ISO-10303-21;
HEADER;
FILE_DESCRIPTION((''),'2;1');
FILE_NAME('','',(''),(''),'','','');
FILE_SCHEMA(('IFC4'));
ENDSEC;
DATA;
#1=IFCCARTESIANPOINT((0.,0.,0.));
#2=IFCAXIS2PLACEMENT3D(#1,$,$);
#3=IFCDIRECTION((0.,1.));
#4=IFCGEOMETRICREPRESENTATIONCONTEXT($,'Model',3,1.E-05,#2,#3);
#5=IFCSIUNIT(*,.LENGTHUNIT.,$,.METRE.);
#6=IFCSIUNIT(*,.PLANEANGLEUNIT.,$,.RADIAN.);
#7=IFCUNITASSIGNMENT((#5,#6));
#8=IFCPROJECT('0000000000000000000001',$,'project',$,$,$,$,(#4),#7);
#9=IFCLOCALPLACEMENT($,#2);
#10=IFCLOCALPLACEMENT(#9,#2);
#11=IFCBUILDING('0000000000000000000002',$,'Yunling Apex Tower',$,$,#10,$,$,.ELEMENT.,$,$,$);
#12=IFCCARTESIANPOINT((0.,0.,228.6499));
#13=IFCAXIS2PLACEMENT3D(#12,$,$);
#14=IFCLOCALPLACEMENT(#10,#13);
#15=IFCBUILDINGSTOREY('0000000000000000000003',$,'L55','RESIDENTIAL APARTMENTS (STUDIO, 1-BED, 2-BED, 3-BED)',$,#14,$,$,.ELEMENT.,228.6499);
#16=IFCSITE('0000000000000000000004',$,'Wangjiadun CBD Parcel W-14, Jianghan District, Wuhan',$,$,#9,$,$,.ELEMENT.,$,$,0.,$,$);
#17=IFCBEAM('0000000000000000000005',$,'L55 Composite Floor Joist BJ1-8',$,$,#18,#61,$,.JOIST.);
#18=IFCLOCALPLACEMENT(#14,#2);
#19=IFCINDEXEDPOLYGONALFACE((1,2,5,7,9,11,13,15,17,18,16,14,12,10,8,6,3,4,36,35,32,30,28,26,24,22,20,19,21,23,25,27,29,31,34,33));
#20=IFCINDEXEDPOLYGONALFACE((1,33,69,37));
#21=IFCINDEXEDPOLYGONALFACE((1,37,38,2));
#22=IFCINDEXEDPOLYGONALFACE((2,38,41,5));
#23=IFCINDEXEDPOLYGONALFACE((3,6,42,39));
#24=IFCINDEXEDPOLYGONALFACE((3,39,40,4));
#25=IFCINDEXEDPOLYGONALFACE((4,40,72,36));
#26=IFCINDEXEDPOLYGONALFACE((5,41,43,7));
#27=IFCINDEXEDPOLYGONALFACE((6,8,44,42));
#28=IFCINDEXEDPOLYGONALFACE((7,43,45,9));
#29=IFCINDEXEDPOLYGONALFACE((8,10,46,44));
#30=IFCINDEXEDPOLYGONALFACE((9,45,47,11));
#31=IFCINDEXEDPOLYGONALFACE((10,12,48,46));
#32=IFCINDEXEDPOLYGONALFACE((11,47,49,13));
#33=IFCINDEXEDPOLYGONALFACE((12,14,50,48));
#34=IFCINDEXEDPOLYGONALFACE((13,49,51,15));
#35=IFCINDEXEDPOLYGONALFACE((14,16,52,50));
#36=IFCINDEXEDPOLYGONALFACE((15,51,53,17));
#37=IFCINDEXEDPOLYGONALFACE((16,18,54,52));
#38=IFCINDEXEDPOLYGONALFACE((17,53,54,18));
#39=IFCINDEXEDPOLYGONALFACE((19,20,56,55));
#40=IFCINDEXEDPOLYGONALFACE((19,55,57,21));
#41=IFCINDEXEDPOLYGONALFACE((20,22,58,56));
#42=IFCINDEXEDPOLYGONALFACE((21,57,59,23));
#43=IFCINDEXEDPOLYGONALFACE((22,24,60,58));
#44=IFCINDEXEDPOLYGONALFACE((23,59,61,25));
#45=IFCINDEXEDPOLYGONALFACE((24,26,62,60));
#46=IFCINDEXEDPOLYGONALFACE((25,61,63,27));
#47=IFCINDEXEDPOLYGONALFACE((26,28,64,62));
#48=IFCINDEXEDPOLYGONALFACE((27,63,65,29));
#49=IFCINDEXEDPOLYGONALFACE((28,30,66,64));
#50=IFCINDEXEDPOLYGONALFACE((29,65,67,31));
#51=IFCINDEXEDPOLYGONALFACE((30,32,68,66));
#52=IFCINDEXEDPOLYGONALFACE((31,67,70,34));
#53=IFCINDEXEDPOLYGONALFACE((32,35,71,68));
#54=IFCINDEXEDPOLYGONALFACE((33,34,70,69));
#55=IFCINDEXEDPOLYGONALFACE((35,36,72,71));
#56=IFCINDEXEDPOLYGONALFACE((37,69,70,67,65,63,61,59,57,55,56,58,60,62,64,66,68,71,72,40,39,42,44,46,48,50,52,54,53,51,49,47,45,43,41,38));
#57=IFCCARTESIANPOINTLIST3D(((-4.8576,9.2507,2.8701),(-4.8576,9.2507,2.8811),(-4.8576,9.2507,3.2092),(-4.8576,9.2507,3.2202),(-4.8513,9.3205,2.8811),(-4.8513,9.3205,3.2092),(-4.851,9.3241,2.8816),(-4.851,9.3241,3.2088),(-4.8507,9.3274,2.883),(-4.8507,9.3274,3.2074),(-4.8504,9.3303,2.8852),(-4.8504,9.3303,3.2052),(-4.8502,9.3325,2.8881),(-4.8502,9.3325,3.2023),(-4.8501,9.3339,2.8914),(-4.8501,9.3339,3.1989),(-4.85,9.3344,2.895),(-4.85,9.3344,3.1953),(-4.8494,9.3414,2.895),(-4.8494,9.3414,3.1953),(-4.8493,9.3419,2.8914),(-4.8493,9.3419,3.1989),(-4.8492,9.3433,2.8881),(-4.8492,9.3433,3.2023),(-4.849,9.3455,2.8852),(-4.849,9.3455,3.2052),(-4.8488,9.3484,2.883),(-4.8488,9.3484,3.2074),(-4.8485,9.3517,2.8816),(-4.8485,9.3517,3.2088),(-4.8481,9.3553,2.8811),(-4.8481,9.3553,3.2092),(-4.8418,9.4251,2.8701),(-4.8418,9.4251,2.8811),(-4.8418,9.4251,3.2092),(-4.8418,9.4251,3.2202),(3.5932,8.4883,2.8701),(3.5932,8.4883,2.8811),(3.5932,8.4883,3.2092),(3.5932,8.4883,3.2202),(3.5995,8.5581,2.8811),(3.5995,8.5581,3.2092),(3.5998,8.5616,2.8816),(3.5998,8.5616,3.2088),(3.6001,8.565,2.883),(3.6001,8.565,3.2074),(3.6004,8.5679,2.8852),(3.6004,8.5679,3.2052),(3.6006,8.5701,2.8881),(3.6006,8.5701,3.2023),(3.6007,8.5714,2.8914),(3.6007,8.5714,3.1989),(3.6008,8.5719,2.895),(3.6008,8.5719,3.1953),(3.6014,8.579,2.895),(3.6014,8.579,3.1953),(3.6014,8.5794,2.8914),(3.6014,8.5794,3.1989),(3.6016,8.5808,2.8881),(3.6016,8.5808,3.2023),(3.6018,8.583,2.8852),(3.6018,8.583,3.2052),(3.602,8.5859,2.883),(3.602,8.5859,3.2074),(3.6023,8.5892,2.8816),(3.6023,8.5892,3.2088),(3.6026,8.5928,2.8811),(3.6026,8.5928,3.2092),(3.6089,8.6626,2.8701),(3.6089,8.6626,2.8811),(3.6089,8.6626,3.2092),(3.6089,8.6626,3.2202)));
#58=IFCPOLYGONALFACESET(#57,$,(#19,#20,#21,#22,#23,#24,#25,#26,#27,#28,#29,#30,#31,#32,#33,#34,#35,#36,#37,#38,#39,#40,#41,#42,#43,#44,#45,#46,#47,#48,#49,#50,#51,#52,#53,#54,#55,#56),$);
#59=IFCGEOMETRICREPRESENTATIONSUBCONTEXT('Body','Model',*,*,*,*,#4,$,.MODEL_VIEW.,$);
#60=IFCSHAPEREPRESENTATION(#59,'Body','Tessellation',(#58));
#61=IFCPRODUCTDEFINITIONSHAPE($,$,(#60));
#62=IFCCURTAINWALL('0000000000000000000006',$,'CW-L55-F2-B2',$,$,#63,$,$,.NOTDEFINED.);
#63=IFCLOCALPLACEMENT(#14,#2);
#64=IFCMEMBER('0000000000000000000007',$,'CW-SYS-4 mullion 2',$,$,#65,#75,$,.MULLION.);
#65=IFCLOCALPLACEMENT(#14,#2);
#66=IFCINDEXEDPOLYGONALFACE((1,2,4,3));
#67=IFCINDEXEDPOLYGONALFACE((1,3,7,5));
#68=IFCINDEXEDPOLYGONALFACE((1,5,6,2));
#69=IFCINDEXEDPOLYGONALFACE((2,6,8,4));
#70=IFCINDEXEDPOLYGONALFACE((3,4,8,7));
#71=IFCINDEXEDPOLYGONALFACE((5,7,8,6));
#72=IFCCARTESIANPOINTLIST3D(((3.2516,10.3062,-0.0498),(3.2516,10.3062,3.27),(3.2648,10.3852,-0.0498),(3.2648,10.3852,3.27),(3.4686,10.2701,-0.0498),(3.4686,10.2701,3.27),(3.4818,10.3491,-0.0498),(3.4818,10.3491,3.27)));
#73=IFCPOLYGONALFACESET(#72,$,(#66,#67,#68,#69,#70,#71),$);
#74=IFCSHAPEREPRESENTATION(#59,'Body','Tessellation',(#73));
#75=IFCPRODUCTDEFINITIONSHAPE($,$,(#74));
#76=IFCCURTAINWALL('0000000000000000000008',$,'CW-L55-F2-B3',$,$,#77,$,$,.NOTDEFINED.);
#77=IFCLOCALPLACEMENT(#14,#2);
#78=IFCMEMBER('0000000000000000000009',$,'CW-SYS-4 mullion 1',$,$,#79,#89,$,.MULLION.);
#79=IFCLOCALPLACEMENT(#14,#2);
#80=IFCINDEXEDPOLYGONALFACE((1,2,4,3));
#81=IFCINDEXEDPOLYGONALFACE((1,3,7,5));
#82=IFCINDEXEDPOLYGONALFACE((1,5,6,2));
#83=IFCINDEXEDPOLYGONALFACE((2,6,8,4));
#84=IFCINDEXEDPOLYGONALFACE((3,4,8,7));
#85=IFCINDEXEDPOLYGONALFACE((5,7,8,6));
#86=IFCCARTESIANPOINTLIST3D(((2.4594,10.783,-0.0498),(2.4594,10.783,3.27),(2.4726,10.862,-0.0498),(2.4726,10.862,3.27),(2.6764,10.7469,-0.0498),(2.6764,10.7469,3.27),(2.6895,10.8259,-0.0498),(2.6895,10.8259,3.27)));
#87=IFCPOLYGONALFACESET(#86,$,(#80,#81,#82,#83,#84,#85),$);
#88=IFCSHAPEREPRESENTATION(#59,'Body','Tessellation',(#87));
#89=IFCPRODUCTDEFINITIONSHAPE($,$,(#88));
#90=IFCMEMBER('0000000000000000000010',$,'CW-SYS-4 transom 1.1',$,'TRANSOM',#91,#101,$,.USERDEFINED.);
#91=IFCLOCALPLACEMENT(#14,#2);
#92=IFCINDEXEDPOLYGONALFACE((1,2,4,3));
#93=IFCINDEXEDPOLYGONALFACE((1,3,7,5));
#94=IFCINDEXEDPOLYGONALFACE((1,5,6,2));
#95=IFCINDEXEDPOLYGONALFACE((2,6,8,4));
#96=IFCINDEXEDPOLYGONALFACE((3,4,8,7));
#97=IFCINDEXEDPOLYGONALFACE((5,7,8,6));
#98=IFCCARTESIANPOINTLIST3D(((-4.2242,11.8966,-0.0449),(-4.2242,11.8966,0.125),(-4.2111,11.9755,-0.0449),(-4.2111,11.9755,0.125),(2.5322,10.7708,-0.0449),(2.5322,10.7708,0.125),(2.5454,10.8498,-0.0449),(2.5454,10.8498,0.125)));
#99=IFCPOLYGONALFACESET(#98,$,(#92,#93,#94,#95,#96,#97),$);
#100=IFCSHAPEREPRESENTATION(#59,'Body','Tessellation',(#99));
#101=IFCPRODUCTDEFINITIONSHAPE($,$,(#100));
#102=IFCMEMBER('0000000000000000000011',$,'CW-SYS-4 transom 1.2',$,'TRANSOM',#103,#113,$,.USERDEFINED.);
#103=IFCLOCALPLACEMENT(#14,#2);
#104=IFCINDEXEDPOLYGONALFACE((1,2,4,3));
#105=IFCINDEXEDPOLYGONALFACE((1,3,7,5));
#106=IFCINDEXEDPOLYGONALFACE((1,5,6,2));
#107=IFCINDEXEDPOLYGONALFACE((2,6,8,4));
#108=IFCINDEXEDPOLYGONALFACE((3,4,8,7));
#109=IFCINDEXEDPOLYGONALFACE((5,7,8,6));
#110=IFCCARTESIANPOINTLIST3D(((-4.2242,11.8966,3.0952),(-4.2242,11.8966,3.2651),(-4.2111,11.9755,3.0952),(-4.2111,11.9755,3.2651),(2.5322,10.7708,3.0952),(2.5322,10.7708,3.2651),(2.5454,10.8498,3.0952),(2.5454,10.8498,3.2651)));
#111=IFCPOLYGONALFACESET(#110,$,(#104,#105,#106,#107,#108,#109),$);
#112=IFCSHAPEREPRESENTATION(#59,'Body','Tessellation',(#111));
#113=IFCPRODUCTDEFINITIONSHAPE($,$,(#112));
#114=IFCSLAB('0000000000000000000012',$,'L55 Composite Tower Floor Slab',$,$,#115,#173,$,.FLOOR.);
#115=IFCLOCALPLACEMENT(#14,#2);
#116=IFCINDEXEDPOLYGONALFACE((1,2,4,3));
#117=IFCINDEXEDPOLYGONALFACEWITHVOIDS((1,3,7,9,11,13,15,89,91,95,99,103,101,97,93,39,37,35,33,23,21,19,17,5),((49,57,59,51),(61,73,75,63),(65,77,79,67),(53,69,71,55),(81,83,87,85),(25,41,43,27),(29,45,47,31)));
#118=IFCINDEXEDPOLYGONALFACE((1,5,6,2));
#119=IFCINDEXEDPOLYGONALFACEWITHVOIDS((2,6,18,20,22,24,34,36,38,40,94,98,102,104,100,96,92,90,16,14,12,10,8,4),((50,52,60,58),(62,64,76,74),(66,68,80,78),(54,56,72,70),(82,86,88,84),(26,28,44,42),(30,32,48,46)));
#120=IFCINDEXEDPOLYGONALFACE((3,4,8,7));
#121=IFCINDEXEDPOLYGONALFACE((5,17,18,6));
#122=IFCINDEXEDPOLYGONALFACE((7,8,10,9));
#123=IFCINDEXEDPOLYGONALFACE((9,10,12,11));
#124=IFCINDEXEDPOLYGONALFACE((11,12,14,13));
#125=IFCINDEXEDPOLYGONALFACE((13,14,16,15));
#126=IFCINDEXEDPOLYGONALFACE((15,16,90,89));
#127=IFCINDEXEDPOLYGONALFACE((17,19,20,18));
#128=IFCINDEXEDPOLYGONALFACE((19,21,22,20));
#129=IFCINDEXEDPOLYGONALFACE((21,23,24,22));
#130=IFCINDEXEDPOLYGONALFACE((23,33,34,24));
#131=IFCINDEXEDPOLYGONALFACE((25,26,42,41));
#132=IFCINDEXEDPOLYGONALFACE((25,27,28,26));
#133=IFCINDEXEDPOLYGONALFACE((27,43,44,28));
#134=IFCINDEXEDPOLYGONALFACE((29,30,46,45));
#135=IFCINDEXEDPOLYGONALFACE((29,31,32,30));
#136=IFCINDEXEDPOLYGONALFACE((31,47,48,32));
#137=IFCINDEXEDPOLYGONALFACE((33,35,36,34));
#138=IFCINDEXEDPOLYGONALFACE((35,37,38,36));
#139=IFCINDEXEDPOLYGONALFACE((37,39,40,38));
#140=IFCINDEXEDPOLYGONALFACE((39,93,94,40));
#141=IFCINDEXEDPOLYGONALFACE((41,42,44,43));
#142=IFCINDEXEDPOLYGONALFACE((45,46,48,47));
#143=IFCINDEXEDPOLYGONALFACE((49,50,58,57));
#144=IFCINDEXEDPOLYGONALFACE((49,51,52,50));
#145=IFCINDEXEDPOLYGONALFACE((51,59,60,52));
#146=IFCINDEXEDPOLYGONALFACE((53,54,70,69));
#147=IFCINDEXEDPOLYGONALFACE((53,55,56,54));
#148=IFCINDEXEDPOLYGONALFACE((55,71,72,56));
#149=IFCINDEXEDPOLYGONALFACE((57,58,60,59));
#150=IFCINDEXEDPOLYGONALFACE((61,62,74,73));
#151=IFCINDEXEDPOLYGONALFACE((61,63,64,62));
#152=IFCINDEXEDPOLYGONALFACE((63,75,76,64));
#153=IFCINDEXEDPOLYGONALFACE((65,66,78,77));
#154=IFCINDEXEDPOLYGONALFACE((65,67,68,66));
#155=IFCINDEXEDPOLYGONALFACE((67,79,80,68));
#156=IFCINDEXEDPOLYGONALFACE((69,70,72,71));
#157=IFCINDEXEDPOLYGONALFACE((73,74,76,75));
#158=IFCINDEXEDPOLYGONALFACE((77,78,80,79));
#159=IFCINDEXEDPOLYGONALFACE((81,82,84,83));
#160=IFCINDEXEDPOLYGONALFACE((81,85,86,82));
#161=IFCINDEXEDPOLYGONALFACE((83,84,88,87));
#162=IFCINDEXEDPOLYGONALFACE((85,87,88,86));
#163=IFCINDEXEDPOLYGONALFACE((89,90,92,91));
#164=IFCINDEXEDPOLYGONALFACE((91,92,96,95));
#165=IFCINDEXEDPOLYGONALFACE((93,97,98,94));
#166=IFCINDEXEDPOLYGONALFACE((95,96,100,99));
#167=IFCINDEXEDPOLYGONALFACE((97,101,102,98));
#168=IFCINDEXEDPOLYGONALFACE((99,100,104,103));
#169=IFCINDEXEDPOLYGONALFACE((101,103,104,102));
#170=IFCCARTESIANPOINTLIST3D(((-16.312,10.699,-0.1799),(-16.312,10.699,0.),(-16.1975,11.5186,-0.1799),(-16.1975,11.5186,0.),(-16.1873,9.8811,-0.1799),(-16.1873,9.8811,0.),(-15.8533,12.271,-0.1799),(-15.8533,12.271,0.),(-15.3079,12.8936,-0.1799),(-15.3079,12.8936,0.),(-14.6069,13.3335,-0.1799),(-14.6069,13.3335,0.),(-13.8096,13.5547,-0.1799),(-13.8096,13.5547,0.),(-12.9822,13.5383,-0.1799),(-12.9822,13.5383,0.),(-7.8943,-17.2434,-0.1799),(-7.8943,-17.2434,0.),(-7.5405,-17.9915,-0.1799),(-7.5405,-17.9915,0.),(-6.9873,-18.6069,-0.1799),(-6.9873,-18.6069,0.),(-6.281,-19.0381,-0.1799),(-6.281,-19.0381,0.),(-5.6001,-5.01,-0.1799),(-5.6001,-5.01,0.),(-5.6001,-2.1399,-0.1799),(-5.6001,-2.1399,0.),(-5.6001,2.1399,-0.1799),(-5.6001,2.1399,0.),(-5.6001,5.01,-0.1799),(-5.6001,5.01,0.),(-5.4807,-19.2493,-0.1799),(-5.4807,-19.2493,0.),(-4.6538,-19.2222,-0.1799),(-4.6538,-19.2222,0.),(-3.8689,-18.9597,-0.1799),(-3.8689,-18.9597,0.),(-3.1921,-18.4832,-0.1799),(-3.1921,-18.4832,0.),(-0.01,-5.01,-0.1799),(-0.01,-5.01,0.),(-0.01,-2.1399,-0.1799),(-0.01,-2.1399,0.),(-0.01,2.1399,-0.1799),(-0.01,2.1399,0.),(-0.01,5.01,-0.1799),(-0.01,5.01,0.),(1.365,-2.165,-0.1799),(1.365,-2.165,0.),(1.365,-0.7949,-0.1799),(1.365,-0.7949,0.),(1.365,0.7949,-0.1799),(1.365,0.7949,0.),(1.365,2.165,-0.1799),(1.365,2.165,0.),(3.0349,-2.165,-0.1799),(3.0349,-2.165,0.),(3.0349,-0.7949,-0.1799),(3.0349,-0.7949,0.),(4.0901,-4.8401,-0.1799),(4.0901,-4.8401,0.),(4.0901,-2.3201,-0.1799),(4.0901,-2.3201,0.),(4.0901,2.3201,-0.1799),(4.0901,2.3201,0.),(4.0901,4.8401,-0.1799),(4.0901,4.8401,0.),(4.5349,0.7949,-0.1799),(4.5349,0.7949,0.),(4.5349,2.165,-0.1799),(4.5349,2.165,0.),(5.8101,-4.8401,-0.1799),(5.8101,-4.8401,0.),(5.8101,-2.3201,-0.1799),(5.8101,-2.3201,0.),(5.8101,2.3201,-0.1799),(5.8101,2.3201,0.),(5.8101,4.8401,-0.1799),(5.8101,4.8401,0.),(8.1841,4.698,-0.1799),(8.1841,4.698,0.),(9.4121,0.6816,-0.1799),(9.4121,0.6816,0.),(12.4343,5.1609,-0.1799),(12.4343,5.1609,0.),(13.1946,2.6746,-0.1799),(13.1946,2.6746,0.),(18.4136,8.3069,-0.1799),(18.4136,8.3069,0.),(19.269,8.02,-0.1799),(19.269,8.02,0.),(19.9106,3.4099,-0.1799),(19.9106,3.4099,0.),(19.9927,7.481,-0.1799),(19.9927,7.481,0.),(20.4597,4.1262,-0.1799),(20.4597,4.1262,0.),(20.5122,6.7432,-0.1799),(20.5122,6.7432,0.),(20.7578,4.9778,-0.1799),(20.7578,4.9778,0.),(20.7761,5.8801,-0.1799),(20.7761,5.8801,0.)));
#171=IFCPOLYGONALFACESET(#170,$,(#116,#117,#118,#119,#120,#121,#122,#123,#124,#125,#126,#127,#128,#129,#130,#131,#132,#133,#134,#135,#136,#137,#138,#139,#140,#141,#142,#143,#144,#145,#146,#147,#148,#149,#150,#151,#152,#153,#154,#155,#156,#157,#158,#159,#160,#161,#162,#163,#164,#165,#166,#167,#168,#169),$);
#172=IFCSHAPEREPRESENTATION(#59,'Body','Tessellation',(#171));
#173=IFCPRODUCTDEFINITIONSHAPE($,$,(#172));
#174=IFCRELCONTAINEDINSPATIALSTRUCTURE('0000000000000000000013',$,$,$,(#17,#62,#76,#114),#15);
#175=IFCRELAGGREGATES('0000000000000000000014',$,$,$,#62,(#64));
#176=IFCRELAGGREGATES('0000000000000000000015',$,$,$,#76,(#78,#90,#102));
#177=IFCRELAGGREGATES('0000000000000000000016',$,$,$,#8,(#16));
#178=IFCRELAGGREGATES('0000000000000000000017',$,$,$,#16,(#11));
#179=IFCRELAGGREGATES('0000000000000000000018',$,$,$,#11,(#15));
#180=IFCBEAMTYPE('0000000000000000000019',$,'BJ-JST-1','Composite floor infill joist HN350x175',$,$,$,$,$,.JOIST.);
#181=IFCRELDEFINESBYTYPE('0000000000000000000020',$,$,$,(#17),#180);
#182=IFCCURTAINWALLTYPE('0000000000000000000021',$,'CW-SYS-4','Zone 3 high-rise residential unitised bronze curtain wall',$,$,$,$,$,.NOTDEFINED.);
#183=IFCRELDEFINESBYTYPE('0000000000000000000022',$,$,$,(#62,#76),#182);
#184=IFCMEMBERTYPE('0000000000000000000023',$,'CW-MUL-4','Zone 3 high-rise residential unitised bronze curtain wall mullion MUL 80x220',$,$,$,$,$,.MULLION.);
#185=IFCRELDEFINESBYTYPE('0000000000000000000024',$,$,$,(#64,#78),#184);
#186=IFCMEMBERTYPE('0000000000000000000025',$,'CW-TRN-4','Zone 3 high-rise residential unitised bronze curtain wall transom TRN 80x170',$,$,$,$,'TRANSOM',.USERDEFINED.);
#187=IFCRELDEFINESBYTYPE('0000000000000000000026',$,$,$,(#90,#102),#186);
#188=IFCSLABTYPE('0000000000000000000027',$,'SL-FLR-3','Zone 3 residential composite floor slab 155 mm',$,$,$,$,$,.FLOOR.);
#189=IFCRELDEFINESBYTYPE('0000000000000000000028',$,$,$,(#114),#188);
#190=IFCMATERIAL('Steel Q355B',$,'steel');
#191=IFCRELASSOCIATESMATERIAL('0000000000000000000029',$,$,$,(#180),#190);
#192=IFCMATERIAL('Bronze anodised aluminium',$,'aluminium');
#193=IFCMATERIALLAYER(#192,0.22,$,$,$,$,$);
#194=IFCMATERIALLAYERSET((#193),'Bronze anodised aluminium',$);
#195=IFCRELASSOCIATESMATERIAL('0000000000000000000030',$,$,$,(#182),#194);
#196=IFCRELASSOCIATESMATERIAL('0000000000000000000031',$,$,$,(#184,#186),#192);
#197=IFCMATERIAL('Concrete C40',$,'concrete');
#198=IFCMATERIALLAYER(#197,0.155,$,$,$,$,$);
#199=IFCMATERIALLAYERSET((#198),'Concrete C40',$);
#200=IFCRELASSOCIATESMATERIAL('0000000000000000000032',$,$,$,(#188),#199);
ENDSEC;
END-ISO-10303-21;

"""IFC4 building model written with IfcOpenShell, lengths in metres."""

from ifc_helpers import new_model, si_unit, direction, frame, origin, origin_2d, place, context, subcontext, project, spatial, polyline, rectangle, i_section, outline, extrude, source, transform, mapped, material, layer, layer_set, material_profile, profile_set, type_object, element, aggregate, save


model = new_model("IFC4")

# Units and contexts
model_context = context("Model", 3, precision=1e-05, world=origin(), true_north=direction((0.0, 1.0)))
body_context = subcontext(model_context, "Body", "Model", "MODEL_VIEW")
ifc_project = project(units=[si_unit("LENGTHUNIT", "METRE"), si_unit("PLANEANGLEUNIT", "RADIAN")], contexts=[model_context])

# Site, building, storey
site_placement = place(None, origin())
site = spatial("IfcSite", under=ifc_project, at=site_placement, Name="Wangjiadun CBD Parcel W-14, Jianghan District, Wuhan", CompositionType="ELEMENT", RefElevation=0.0)
building_placement = place(site_placement, origin())
building = spatial("IfcBuilding", under=site, at=building_placement, Name="Yunling Apex Tower", CompositionType="ELEMENT")
storey_placement = place(building_placement, frame((0.0, 0.0, 228.6499)))
storey = spatial("IfcBuildingStorey", under=building, at=storey_placement, Name="L55", Description="RESIDENTIAL APARTMENTS (STUDIO, 1-BED, 2-BED, 3-BED)", CompositionType="ELEMENT", Elevation=228.6499)

# Beam
ifc_material_1 = material(Name="Steel Q355B", Category="steel")
ifc_material_profile_1 = material_profile(ifc_material_1, i_section(OverallWidth=0.175, OverallDepth=0.3501, WebThickness=0.0071, FlangeThickness=0.011, FilletRadius=0.0139, at=origin_2d()))
ifc_profile_set_1 = profile_set([ifc_material_profile_1], Name="Steel Q355B")
beam_type_1 = type_object("IfcBeamType", Name="BJ-JST-1", Description="Composite floor infill joist HN350x175", PredefinedType="JOIST", material=ifc_profile_set_1)
shared_shape_1 = source(origin(), body_context, "Body", "SweptSolid", [
    extrude(i_section(OverallWidth=0.175, OverallDepth=0.3501, WebThickness=0.0071, FlangeThickness=0.011, FilletRadius=0.0139, at=origin_2d()), origin(), (0.0, 0.0, 1.0), 8.4851),
])
beam_1_placement = place(storey_placement, frame((3.6011, 8.5754, 3.0452), z_axis=(-0.995955, 0.089859, 0.0), x_axis=(-0.089859, -0.995955, 0.0)))
element("IfcBeam", 1, at=beam_1_placement, inside=storey, type_object=beam_type_1, Name="L55 Composite Floor Joist BJ1-8", PredefinedType="JOIST", context=body_context, shape_type="MappedRepresentation", body=[
    mapped(shared_shape_1, transform((0.0, 0.0, 0.0), scale=1.0)),
])

# Curtain wall, member
ifc_material_2 = material(Name="Bronze anodised aluminium", Category="aluminium")
ifc_layer_1 = layer(ifc_material_2, 0.22)
ifc_layer_set_1 = layer_set([ifc_layer_1], Name="Bronze anodised aluminium")
curtain_wall_type = type_object("IfcCurtainWallType", Name="CW-SYS-4", Description="Zone 3 high-rise residential unitised bronze curtain wall", PredefinedType="NOTDEFINED", material=ifc_layer_set_1)
curtain_wall_1_placement = place(storey_placement, origin())
curtain_wall_1 = element("IfcCurtainWall", 2, at=curtain_wall_1_placement, inside=storey, type_object=curtain_wall_type, Name="CW-L55-F2-B2", PredefinedType="NOTDEFINED")
ifc_material_profile_2 = material_profile(ifc_material_2, rectangle(XDim=0.0801, YDim=0.22, at=origin_2d()))
ifc_profile_set_2 = profile_set([ifc_material_profile_2], Name="Bronze anodised aluminium")
member_type_1 = type_object("IfcMemberType", Name="CW-MUL-4", Description="Zone 3 high-rise residential unitised bronze curtain wall mullion MUL 80x220", PredefinedType="MULLION", material=ifc_profile_set_2)
shared_shape_2 = source(origin(), body_context, "Body", "SweptSolid", [
    extrude(rectangle(XDim=0.0801, YDim=0.22, at=origin_2d()), origin(), (0.0, 0.0, 1.0), 3.3198),
])
member_1_placement = place(storey_placement, frame((3.3667, 10.3276, -0.0498), z_axis=(0.0, 0.0, 1.0), x_axis=(-0.164371, -0.986399, 0.0)))
member_1 = element("IfcMember", 3, at=member_1_placement, type_object=member_type_1, Name="CW-SYS-4 mullion 2", PredefinedType="MULLION", context=body_context, shape_type="MappedRepresentation", body=[
    mapped(shared_shape_2, transform((0.0, 0.0, 0.0), scale=1.0)),
])

# Curtain wall, members
curtain_wall_2_placement = place(storey_placement, origin())
curtain_wall_2 = element("IfcCurtainWall", 4, at=curtain_wall_2_placement, inside=storey, type_object=curtain_wall_type, Name="CW-L55-F2-B3", PredefinedType="NOTDEFINED")
member_2_placement = place(storey_placement, frame((2.5745, 10.8044, -0.0498), z_axis=(0.0, 0.0, 1.0), x_axis=(-0.164353, -0.986402, 0.0)))
member_2 = element("IfcMember", 5, at=member_2_placement, type_object=member_type_1, Name="CW-SYS-4 mullion 1", PredefinedType="MULLION", context=body_context, shape_type="MappedRepresentation", body=[
    mapped(shared_shape_2, transform((0.0, 0.0, 0.0), scale=1.0)),
])
ifc_material_profile_3 = material_profile(ifc_material_2, rectangle(XDim=0.0801, YDim=0.1699, at=origin_2d()))
ifc_profile_set_3 = profile_set([ifc_material_profile_3], Name="Bronze anodised aluminium")
member_type_2 = type_object("IfcMemberType", Name="CW-TRN-4", Description="Zone 3 high-rise residential unitised bronze curtain wall transom TRN 80x170", ElementType="TRANSOM", PredefinedType="USERDEFINED", material=ifc_profile_set_3)
shared_shape_3 = source(origin(), body_context, "Body", "SweptSolid", [
    extrude(rectangle(XDim=0.0801, YDim=0.1699, at=origin_2d()), origin(), (0.0, 0.0, 1.0), 6.8496),
])
member_3_placement = place(storey_placement, frame((2.5388, 10.8103, 0.04), z_axis=(-0.986402, 0.164353, 0.0), x_axis=(-0.164353, -0.986402, 0.0)))
member_3 = element("IfcMember", 6, at=member_3_placement, type_object=member_type_2, Name="CW-SYS-4 transom 1.1", ObjectType="TRANSOM", PredefinedType="USERDEFINED", context=body_context, shape_type="MappedRepresentation", body=[
    mapped(shared_shape_3, transform((0.0, 0.0, 0.0), scale=1.0)),
])
member_4_placement = place(storey_placement, frame((2.5388, 10.8103, 3.1802), z_axis=(-0.986402, 0.164353, 0.0), x_axis=(-0.164353, -0.986402, 0.0)))
member_4 = element("IfcMember", 7, at=member_4_placement, type_object=member_type_2, Name="CW-SYS-4 transom 1.2", ObjectType="TRANSOM", PredefinedType="USERDEFINED", context=body_context, shape_type="MappedRepresentation", body=[
    mapped(shared_shape_3, transform((0.0, 0.0, 0.0), scale=1.0)),
])

# Slab
ifc_material_3 = material(Name="Concrete C40", Category="concrete")
ifc_layer_2 = layer(ifc_material_3, 0.155)
ifc_layer_set_2 = layer_set([ifc_layer_2], Name="Concrete C40")
slab_type_1 = type_object("IfcSlabType", Name="SL-FLR-3", Description="Zone 3 residential composite floor slab 155 mm", PredefinedType="FLOOR", material=ifc_layer_set_2)
slab_1_placement = place(storey_placement, frame((0.0, 0.0, -0.1799)))
element("IfcSlab", 8, at=slab_1_placement, inside=storey, type_object=slab_type_1, Name="L55 Composite Tower Floor Slab", PredefinedType="FLOOR", context=body_context, shape_type="SweptSolid", body=[
    extrude(outline(polyline([(-7.8943, -17.2434), (-7.5405, -17.9915), (-6.9873, -18.6069), (-6.281, -19.0381), (-5.4807, -19.2493), (-4.6538, -19.2222), (-3.8689, -18.9597), (-3.1921, -18.4832), (19.9106, 3.4099), (20.4597, 4.1262), (20.7578, 4.9778), (20.7761, 5.8801), (20.5122, 6.7432), (19.9927, 7.481), (19.269, 8.02), (18.4136, 8.3069), (-12.9822, 13.5383), (-13.8096, 13.5547), (-14.6069, 13.3335), (-15.3079, 12.8936), (-15.8533, 12.271), (-16.1975, 11.5186), (-16.312, 10.699), (-16.1873, 9.8811), (-7.8943, -17.2434)]), holes=[polyline([(8.1841, 4.698), (12.4343, 5.1609), (13.1946, 2.6746), (9.4121, 0.6816), (8.1841, 4.698)]), polyline([(4.0901, -2.3201), (5.8101, -2.3201), (5.8101, -4.8401), (4.0901, -4.8401), (4.0901, -2.3201)]), polyline([(4.0901, 4.8401), (5.8101, 4.8401), (5.8101, 2.3201), (4.0901, 2.3201), (4.0901, 4.8401)]), polyline([(1.365, 0.7949), (1.365, 2.165), (4.5349, 2.165), (4.5349, 0.7949), (1.365, 0.7949)]), polyline([(1.365, -0.7949), (3.0349, -0.7949), (3.0349, -2.165), (1.365, -2.165), (1.365, -0.7949)]), polyline([(-0.01, -5.01), (-5.6001, -5.01), (-5.6001, -2.1399), (-0.01, -2.1399), (-0.01, -5.01)]), polyline([(-0.01, 2.1399), (-5.6001, 2.1399), (-5.6001, 5.01), (-0.01, 5.01), (-0.01, 2.1399)])]), origin(), (0.0, 0.0, 1.0), 0.1799),
])

aggregate(curtain_wall_1, [member_1])
aggregate(curtain_wall_2, [member_2, member_3, member_4])

save(model, "model.ifc")
